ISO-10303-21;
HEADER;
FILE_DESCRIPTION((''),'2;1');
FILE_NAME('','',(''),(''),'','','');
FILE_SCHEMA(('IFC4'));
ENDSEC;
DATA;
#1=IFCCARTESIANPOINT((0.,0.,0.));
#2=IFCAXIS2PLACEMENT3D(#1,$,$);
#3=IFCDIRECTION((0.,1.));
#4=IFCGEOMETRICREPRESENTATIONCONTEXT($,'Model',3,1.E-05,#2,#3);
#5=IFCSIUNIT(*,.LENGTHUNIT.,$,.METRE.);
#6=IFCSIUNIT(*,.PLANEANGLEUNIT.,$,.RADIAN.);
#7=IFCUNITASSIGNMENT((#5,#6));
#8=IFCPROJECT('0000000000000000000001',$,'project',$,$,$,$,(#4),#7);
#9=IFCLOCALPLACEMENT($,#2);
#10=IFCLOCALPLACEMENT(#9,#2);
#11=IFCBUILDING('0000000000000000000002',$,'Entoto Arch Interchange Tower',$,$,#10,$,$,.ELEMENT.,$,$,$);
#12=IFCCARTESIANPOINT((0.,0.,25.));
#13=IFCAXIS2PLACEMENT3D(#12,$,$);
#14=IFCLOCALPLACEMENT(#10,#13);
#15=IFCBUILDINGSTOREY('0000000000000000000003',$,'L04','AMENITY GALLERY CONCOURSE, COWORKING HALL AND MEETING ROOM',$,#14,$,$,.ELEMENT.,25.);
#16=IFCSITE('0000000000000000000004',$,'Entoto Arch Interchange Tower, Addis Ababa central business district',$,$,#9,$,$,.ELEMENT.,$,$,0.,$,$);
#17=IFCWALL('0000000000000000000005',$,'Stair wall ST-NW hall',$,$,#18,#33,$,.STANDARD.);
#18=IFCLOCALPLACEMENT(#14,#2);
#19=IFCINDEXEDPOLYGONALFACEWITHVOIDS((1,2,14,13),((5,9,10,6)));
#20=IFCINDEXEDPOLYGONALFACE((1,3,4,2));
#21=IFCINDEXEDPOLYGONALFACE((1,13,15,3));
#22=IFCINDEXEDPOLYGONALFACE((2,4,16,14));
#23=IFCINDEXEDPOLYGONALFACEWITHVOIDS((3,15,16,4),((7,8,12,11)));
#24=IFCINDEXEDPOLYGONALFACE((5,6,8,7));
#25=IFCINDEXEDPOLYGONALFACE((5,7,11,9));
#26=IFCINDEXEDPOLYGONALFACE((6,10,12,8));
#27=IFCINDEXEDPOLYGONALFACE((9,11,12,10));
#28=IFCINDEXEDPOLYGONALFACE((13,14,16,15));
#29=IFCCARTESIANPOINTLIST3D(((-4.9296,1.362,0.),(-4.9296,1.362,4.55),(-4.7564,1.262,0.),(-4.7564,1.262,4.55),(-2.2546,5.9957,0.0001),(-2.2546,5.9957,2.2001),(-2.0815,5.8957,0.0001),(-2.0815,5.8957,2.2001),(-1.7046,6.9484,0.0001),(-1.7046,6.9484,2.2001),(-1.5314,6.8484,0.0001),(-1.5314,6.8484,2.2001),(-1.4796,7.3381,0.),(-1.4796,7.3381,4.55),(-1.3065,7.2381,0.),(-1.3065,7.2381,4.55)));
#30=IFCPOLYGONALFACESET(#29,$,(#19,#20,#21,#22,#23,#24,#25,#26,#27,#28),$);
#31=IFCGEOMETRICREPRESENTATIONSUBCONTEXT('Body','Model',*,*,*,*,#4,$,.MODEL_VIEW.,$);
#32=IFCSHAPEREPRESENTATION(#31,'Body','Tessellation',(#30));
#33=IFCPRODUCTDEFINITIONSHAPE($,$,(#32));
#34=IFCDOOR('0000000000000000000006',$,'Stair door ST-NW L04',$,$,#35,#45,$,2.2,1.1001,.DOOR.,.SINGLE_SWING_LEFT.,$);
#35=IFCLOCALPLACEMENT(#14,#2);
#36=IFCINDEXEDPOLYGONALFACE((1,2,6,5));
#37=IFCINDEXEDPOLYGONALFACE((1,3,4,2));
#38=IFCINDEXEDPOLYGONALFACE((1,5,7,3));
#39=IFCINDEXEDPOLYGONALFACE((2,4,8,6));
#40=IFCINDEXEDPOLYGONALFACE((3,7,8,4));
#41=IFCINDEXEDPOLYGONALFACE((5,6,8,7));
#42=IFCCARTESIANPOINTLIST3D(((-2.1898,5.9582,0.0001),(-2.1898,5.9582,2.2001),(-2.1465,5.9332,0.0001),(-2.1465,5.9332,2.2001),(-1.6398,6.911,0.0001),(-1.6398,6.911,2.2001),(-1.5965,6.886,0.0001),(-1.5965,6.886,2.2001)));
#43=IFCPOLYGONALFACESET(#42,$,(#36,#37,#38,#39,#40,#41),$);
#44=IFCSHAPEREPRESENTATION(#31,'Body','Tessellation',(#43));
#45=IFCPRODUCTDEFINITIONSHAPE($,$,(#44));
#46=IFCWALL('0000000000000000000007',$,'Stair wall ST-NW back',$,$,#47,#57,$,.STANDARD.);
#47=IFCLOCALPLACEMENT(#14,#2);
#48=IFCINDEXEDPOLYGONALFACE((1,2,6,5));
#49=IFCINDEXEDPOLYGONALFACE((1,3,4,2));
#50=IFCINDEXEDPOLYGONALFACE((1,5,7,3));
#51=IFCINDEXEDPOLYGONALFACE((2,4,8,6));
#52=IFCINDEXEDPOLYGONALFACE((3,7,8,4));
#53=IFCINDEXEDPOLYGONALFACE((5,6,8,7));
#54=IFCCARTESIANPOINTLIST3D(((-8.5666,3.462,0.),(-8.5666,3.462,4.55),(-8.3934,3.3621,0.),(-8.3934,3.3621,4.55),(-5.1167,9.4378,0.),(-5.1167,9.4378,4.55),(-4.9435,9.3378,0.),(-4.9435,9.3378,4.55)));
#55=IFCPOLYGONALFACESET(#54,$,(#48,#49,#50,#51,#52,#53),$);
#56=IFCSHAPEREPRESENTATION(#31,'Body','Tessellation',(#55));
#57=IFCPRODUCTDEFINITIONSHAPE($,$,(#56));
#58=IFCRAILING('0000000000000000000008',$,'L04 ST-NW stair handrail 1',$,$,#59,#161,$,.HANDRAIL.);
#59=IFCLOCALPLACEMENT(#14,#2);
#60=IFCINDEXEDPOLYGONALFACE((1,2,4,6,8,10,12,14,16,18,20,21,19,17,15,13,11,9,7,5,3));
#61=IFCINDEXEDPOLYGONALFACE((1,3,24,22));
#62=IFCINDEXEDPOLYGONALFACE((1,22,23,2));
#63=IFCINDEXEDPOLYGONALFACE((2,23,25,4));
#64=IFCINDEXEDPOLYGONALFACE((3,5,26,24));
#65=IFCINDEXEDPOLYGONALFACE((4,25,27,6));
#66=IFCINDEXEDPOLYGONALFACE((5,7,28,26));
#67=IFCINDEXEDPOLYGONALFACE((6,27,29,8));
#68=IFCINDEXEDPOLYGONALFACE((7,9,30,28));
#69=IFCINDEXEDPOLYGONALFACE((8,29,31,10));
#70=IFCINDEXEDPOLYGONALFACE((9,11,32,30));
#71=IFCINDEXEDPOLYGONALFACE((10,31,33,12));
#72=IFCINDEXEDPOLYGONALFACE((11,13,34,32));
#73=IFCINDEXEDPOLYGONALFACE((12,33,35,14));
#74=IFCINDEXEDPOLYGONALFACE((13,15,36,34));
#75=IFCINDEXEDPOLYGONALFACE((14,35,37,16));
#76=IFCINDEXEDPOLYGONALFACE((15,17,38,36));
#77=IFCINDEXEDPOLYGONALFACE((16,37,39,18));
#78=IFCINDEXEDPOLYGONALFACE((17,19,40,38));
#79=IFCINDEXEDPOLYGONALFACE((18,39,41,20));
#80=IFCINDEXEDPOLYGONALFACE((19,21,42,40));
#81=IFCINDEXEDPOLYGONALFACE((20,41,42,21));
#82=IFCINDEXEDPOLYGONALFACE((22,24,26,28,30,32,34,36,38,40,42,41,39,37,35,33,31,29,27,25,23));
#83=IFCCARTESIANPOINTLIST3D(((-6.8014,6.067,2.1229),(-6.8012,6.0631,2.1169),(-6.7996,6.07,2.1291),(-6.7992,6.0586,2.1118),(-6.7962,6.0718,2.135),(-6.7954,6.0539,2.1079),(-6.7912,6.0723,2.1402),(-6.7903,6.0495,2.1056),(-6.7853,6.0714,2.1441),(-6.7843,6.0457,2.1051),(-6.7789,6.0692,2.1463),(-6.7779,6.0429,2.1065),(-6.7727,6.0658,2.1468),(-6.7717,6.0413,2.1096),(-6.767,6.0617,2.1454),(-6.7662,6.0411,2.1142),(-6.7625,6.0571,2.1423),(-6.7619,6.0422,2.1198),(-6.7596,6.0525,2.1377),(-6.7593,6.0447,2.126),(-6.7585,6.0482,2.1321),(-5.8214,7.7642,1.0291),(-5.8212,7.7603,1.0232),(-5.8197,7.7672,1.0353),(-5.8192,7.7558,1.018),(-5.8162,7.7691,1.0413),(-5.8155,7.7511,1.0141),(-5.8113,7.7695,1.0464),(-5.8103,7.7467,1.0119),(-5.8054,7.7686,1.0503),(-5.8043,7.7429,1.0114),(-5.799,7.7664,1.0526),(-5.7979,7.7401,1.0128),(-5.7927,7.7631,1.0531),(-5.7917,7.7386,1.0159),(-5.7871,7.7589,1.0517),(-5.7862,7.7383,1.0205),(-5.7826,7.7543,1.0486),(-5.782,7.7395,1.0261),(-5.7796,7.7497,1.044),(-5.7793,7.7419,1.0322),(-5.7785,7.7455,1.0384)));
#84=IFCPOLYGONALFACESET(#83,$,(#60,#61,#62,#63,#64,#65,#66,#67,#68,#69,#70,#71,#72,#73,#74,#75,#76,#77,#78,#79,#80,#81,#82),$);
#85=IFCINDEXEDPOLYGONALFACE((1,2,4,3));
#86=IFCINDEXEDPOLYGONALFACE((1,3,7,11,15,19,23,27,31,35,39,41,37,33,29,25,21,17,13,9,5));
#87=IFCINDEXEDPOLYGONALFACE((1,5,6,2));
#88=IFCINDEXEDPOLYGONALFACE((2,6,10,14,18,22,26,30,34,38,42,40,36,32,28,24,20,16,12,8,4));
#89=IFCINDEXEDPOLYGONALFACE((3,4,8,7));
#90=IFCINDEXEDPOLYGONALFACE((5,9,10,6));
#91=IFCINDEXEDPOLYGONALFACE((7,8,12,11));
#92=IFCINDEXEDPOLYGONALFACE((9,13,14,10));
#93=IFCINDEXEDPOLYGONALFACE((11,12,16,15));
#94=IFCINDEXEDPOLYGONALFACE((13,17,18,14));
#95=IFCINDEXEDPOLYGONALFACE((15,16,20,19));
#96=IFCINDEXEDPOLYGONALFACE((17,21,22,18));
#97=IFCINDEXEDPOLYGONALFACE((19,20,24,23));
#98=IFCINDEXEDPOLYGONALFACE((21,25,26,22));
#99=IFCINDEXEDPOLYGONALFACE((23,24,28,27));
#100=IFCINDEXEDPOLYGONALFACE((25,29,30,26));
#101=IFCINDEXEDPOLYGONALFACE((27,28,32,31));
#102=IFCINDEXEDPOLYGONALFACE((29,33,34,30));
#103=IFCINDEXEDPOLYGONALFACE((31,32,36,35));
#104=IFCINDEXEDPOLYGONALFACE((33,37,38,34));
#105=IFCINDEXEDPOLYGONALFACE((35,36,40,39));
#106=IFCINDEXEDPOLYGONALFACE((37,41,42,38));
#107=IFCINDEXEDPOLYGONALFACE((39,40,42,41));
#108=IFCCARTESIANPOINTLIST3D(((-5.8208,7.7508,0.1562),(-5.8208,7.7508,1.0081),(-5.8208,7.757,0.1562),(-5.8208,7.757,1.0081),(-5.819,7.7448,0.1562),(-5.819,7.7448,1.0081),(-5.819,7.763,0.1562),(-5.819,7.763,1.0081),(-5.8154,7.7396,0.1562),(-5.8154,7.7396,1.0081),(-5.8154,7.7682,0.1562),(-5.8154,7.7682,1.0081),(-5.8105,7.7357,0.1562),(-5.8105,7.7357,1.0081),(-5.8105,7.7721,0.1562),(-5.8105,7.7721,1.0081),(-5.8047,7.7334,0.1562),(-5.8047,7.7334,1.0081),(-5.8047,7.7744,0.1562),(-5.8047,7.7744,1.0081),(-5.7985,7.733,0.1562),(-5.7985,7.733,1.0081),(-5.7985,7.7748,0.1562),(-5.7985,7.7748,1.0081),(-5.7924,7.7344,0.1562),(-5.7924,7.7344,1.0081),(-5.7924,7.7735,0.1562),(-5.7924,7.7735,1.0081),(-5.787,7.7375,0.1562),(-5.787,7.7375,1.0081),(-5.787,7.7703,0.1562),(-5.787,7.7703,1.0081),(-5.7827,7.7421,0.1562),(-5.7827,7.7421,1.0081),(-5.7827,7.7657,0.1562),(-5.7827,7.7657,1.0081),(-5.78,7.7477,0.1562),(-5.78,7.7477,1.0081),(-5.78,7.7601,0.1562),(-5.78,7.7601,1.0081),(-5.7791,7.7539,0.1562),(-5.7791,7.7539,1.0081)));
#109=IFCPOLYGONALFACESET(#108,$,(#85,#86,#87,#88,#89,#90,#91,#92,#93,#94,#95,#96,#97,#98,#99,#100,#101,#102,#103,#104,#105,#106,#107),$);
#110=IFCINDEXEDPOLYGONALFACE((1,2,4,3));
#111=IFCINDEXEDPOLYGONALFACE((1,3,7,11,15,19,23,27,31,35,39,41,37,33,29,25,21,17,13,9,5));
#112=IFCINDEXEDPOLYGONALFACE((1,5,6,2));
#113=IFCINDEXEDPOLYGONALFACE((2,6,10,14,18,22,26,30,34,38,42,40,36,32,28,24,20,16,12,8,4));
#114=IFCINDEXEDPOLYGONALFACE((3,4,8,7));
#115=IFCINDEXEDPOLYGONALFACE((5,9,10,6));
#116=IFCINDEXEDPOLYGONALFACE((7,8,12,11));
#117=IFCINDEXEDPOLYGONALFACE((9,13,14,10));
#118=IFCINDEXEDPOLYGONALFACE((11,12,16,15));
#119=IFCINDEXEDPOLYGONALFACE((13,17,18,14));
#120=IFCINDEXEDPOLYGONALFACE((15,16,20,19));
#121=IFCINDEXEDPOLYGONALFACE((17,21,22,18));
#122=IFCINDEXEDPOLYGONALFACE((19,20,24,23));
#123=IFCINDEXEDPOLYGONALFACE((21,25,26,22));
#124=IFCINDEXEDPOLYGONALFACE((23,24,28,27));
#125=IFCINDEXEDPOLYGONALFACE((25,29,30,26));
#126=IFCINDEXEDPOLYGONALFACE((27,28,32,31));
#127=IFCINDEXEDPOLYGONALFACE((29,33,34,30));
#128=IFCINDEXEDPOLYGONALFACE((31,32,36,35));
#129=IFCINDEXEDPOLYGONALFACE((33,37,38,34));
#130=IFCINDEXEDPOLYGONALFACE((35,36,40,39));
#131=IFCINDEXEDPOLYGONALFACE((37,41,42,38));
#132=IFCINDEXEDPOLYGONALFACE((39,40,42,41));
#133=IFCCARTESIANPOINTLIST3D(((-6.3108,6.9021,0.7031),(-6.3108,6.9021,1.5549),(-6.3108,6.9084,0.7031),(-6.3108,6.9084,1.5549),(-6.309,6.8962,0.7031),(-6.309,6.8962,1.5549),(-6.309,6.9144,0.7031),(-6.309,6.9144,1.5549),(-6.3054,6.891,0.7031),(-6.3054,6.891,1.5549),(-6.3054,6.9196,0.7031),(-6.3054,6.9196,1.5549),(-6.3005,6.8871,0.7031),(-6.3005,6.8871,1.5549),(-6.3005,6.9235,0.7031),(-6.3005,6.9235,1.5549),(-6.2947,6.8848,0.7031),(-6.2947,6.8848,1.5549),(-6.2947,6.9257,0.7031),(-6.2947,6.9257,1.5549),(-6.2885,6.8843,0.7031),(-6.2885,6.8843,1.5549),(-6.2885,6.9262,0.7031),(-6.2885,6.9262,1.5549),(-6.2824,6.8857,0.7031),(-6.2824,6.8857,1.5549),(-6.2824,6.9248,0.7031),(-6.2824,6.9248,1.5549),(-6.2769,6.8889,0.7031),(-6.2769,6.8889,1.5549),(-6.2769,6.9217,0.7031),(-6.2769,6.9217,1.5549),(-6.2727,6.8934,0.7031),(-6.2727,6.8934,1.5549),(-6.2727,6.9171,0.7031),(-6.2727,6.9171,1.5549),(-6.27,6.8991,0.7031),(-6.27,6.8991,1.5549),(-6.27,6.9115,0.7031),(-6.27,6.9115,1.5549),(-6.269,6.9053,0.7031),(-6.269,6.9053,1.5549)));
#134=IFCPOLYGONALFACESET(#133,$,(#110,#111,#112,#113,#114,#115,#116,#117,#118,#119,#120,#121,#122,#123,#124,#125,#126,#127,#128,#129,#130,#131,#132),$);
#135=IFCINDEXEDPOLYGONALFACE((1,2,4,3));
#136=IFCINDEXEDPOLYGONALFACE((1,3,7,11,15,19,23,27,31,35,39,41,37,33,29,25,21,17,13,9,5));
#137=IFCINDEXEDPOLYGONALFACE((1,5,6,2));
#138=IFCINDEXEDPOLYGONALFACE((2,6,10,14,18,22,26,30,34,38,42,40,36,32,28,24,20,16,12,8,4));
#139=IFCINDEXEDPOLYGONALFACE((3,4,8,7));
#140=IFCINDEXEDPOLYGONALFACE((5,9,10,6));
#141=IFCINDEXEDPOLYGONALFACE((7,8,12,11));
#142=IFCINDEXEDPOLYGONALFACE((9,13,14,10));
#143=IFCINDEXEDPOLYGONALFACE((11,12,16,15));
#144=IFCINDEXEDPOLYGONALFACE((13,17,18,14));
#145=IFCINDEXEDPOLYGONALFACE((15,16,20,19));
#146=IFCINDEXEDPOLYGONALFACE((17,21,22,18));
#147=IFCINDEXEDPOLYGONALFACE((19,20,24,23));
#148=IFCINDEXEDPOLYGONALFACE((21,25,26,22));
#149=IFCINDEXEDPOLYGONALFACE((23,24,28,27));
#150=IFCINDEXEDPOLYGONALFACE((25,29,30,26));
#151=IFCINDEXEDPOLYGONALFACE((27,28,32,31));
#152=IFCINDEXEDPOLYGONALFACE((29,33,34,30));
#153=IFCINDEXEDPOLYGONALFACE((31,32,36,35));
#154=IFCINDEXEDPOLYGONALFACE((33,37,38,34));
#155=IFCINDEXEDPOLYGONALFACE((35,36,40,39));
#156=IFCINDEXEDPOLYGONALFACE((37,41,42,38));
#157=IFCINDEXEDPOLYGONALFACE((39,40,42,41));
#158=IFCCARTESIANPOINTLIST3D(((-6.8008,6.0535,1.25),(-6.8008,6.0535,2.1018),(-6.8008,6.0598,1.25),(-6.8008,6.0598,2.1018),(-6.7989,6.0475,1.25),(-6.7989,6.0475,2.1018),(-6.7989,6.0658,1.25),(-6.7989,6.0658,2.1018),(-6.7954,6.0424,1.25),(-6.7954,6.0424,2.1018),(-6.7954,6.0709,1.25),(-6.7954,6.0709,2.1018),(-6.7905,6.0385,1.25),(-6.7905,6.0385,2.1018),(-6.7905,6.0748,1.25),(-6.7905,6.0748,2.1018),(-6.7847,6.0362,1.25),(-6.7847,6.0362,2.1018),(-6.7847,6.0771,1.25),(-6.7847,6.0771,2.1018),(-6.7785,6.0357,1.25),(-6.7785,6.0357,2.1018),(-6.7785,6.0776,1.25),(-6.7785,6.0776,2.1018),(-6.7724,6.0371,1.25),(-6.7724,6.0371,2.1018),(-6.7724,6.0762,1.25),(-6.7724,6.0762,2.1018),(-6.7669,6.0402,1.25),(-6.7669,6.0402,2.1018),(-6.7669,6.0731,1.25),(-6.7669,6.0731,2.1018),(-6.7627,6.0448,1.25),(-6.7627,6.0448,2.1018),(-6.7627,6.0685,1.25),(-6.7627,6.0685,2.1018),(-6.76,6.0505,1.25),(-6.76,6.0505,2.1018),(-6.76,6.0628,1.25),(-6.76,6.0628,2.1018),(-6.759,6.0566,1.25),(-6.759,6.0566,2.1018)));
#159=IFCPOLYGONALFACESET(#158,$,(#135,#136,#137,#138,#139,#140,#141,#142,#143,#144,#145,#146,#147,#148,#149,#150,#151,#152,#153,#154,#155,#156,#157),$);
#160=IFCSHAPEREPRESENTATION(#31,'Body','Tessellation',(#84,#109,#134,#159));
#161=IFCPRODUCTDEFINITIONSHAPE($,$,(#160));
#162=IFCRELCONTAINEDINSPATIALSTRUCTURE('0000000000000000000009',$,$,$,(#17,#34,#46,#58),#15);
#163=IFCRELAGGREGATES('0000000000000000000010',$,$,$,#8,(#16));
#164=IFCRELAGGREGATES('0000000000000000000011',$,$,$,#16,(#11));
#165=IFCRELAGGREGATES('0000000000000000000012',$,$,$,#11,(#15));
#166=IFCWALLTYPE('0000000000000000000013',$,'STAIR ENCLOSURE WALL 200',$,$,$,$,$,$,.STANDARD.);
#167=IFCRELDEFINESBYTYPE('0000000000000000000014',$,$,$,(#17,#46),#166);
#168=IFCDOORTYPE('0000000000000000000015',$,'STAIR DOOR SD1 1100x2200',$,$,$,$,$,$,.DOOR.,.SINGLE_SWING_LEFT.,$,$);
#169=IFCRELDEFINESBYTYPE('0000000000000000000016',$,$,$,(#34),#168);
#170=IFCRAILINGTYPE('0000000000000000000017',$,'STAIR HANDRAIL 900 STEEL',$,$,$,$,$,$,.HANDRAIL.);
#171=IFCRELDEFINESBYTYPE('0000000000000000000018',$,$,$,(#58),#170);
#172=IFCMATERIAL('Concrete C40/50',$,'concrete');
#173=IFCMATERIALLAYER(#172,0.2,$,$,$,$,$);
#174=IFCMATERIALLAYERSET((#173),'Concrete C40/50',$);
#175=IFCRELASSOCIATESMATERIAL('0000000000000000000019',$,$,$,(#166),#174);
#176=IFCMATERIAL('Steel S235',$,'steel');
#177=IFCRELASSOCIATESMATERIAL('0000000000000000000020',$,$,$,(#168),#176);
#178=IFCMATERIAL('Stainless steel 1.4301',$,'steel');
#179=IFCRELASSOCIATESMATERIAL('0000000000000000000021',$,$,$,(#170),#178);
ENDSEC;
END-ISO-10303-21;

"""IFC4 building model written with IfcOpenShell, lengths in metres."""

from ifc_helpers import new_model, si_unit, direction, frame, frame_2d, origin, origin_2d, place, context, subcontext, project, spatial, rectangle, circle, extrude, material, layer, layer_set, type_object, element, fill, save


model = new_model("IFC4")

# Units and contexts
model_context = context("Model", 3, precision=1e-05, world=origin(), true_north=direction((0.0, 1.0)))
body_context = subcontext(model_context, "Body", "Model", "MODEL_VIEW")
ifc_project = project(units=[si_unit("LENGTHUNIT", "METRE"), si_unit("PLANEANGLEUNIT", "RADIAN")], contexts=[model_context])

# Site, building, storey
site_placement = place(None, origin())
site = spatial("IfcSite", under=ifc_project, at=site_placement, Name="Entoto Arch Interchange Tower, Addis Ababa central business district", CompositionType="ELEMENT", RefElevation=0.0)
building_placement = place(site_placement, origin())
building = spatial("IfcBuilding", under=site, at=building_placement, Name="Entoto Arch Interchange Tower", CompositionType="ELEMENT")
storey_placement = place(building_placement, frame((0.0, 0.0, 25.0)))
storey = spatial("IfcBuildingStorey", under=building, at=storey_placement, Name="L04", Description="AMENITY GALLERY CONCOURSE, COWORKING HALL AND MEETING ROOM", CompositionType="ELEMENT", Elevation=25.0)

# Shared definitions
ifc_material_1 = material(Name="Concrete C40/50", Category="concrete")

# Wall, opening, door
ifc_layer_1 = layer(ifc_material_1, 0.2)
ifc_layer_set_1 = layer_set([ifc_layer_1], Name="Concrete C40/50")
wall_type_1 = type_object("IfcWallType", Name="STAIR ENCLOSURE WALL 200", PredefinedType="STANDARD", material=ifc_layer_set_1)
ifc_material_2 = material(Name="Steel S235", Category="steel")
door_type_1 = type_object("IfcDoorType", Name="STAIR DOOR SD1 1100x2200", OperationType="SINGLE_SWING_LEFT", PredefinedType="DOOR", material=ifc_material_2)
wall_1_placement = place(storey_placement, frame((-1.3931, 7.2881, 0.0), z_axis=(0.0, 0.0, 1.0), x_axis=(-0.499963, -0.866047, 0.0)))
wall_1 = element("IfcWall", 1, at=wall_1_placement, inside=storey, type_object=wall_type_1, Name="Stair wall ST-NW hall", PredefinedType="STANDARD", context=body_context, shape_type="SweptSolid", body=[
    extrude(rectangle(XDim=6.9004, YDim=0.2, at=frame_2d((3.4502, 0.0))), origin(), (0.0, 0.0, 1.0), 4.55),
])
opening_1_placement = place(wall_1_placement, frame((0.45, 0.0, 0.0)))
opening_1 = element("IfcOpeningElement", 2, at=opening_1_placement, cuts=wall_1, PredefinedType="OPENING", context=body_context, shape_type="SweptSolid", body=[
    extrude(rectangle(XDim=1.1001, YDim=2.2, at=frame_2d((0.55, 1.1001))), frame((0.0, 0.1099, 0.0), z_axis=(0.0, -1.0, 0.0), x_axis=(1.0, 0.0, 0.0)), (0.0, 0.0, 1.0), 0.22),
])
door_1_placement = place(opening_1_placement, origin())
door_1 = element("IfcDoor", 3, at=door_1_placement, inside=storey, type_object=door_type_1, Name="Stair door ST-NW L04", OperationType="SINGLE_SWING_LEFT", OverallHeight=2.2, OverallWidth=1.1001, PredefinedType="DOOR", context=body_context, shape_type="SweptSolid", body=[
    extrude(rectangle(XDim=1.1001, YDim=2.2, at=frame_2d((0.55, 1.1001))), frame((0.0, 0.0249, 0.0), z_axis=(0.0, -1.0, 0.0), x_axis=(1.0, 0.0, 0.0)), (0.0, 0.0, 1.0), 0.05),
])
fill(opening_1, door_1)

# Wall
wall_2_placement = place(storey_placement, frame((-5.03, 9.3879, 0.0), z_axis=(0.0, 0.0, 1.0), x_axis=(-0.499979, -0.866038, 0.0)))
element("IfcWall", 4, at=wall_2_placement, inside=storey, type_object=wall_type_1, Name="Stair wall ST-NW back", PredefinedType="STANDARD", context=body_context, shape_type="SweptSolid", body=[
    extrude(rectangle(XDim=6.9001, YDim=0.2, at=frame_2d((3.4502, 0.0))), origin(), (0.0, 0.0, 1.0), 4.55),
])

# Railing
ifc_material_3 = material(Name="Stainless steel 1.4301", Category="steel")
railing_type = type_object("IfcRailingType", Name="STAIR HANDRAIL 900 STEEL", PredefinedType="HANDRAIL", material=ifc_material_3)
for number, where, name in (
    (5, (-5.8, 7.7539, 0.1562), "L04 ST-NW stair handrail 1"),
):
    element("IfcRailing", number, at=place(storey_placement, frame(where)), inside=storey, type_object=railing_type, Name=name, PredefinedType="HANDRAIL", context=body_context, shape_type="SweptSolid", body=[
        extrude(circle(Radius=0.0239, at=origin_2d()), frame((0.0, 0.0, 0.876), z_axis=(-0.436632, -0.75622, 0.487323), x_axis=(0.866011, -0.500024, 0.0)), (0.0, 0.0, 1.0), 2.2444),
        extrude(circle(Radius=0.021, at=origin_2d()), origin(), (0.0, 0.0, 1.0), 0.8518),
        extrude(circle(Radius=0.021, at=origin_2d()), frame((-0.49, -0.8486, 0.5469)), (0.0, 0.0, 1.0), 0.8518),
        extrude(circle(Radius=0.021, at=origin_2d()), frame((-0.98, -1.6973, 1.0938)), (0.0, 0.0, 1.0), 0.8518),
    ])

save(model, "model.ifc")
